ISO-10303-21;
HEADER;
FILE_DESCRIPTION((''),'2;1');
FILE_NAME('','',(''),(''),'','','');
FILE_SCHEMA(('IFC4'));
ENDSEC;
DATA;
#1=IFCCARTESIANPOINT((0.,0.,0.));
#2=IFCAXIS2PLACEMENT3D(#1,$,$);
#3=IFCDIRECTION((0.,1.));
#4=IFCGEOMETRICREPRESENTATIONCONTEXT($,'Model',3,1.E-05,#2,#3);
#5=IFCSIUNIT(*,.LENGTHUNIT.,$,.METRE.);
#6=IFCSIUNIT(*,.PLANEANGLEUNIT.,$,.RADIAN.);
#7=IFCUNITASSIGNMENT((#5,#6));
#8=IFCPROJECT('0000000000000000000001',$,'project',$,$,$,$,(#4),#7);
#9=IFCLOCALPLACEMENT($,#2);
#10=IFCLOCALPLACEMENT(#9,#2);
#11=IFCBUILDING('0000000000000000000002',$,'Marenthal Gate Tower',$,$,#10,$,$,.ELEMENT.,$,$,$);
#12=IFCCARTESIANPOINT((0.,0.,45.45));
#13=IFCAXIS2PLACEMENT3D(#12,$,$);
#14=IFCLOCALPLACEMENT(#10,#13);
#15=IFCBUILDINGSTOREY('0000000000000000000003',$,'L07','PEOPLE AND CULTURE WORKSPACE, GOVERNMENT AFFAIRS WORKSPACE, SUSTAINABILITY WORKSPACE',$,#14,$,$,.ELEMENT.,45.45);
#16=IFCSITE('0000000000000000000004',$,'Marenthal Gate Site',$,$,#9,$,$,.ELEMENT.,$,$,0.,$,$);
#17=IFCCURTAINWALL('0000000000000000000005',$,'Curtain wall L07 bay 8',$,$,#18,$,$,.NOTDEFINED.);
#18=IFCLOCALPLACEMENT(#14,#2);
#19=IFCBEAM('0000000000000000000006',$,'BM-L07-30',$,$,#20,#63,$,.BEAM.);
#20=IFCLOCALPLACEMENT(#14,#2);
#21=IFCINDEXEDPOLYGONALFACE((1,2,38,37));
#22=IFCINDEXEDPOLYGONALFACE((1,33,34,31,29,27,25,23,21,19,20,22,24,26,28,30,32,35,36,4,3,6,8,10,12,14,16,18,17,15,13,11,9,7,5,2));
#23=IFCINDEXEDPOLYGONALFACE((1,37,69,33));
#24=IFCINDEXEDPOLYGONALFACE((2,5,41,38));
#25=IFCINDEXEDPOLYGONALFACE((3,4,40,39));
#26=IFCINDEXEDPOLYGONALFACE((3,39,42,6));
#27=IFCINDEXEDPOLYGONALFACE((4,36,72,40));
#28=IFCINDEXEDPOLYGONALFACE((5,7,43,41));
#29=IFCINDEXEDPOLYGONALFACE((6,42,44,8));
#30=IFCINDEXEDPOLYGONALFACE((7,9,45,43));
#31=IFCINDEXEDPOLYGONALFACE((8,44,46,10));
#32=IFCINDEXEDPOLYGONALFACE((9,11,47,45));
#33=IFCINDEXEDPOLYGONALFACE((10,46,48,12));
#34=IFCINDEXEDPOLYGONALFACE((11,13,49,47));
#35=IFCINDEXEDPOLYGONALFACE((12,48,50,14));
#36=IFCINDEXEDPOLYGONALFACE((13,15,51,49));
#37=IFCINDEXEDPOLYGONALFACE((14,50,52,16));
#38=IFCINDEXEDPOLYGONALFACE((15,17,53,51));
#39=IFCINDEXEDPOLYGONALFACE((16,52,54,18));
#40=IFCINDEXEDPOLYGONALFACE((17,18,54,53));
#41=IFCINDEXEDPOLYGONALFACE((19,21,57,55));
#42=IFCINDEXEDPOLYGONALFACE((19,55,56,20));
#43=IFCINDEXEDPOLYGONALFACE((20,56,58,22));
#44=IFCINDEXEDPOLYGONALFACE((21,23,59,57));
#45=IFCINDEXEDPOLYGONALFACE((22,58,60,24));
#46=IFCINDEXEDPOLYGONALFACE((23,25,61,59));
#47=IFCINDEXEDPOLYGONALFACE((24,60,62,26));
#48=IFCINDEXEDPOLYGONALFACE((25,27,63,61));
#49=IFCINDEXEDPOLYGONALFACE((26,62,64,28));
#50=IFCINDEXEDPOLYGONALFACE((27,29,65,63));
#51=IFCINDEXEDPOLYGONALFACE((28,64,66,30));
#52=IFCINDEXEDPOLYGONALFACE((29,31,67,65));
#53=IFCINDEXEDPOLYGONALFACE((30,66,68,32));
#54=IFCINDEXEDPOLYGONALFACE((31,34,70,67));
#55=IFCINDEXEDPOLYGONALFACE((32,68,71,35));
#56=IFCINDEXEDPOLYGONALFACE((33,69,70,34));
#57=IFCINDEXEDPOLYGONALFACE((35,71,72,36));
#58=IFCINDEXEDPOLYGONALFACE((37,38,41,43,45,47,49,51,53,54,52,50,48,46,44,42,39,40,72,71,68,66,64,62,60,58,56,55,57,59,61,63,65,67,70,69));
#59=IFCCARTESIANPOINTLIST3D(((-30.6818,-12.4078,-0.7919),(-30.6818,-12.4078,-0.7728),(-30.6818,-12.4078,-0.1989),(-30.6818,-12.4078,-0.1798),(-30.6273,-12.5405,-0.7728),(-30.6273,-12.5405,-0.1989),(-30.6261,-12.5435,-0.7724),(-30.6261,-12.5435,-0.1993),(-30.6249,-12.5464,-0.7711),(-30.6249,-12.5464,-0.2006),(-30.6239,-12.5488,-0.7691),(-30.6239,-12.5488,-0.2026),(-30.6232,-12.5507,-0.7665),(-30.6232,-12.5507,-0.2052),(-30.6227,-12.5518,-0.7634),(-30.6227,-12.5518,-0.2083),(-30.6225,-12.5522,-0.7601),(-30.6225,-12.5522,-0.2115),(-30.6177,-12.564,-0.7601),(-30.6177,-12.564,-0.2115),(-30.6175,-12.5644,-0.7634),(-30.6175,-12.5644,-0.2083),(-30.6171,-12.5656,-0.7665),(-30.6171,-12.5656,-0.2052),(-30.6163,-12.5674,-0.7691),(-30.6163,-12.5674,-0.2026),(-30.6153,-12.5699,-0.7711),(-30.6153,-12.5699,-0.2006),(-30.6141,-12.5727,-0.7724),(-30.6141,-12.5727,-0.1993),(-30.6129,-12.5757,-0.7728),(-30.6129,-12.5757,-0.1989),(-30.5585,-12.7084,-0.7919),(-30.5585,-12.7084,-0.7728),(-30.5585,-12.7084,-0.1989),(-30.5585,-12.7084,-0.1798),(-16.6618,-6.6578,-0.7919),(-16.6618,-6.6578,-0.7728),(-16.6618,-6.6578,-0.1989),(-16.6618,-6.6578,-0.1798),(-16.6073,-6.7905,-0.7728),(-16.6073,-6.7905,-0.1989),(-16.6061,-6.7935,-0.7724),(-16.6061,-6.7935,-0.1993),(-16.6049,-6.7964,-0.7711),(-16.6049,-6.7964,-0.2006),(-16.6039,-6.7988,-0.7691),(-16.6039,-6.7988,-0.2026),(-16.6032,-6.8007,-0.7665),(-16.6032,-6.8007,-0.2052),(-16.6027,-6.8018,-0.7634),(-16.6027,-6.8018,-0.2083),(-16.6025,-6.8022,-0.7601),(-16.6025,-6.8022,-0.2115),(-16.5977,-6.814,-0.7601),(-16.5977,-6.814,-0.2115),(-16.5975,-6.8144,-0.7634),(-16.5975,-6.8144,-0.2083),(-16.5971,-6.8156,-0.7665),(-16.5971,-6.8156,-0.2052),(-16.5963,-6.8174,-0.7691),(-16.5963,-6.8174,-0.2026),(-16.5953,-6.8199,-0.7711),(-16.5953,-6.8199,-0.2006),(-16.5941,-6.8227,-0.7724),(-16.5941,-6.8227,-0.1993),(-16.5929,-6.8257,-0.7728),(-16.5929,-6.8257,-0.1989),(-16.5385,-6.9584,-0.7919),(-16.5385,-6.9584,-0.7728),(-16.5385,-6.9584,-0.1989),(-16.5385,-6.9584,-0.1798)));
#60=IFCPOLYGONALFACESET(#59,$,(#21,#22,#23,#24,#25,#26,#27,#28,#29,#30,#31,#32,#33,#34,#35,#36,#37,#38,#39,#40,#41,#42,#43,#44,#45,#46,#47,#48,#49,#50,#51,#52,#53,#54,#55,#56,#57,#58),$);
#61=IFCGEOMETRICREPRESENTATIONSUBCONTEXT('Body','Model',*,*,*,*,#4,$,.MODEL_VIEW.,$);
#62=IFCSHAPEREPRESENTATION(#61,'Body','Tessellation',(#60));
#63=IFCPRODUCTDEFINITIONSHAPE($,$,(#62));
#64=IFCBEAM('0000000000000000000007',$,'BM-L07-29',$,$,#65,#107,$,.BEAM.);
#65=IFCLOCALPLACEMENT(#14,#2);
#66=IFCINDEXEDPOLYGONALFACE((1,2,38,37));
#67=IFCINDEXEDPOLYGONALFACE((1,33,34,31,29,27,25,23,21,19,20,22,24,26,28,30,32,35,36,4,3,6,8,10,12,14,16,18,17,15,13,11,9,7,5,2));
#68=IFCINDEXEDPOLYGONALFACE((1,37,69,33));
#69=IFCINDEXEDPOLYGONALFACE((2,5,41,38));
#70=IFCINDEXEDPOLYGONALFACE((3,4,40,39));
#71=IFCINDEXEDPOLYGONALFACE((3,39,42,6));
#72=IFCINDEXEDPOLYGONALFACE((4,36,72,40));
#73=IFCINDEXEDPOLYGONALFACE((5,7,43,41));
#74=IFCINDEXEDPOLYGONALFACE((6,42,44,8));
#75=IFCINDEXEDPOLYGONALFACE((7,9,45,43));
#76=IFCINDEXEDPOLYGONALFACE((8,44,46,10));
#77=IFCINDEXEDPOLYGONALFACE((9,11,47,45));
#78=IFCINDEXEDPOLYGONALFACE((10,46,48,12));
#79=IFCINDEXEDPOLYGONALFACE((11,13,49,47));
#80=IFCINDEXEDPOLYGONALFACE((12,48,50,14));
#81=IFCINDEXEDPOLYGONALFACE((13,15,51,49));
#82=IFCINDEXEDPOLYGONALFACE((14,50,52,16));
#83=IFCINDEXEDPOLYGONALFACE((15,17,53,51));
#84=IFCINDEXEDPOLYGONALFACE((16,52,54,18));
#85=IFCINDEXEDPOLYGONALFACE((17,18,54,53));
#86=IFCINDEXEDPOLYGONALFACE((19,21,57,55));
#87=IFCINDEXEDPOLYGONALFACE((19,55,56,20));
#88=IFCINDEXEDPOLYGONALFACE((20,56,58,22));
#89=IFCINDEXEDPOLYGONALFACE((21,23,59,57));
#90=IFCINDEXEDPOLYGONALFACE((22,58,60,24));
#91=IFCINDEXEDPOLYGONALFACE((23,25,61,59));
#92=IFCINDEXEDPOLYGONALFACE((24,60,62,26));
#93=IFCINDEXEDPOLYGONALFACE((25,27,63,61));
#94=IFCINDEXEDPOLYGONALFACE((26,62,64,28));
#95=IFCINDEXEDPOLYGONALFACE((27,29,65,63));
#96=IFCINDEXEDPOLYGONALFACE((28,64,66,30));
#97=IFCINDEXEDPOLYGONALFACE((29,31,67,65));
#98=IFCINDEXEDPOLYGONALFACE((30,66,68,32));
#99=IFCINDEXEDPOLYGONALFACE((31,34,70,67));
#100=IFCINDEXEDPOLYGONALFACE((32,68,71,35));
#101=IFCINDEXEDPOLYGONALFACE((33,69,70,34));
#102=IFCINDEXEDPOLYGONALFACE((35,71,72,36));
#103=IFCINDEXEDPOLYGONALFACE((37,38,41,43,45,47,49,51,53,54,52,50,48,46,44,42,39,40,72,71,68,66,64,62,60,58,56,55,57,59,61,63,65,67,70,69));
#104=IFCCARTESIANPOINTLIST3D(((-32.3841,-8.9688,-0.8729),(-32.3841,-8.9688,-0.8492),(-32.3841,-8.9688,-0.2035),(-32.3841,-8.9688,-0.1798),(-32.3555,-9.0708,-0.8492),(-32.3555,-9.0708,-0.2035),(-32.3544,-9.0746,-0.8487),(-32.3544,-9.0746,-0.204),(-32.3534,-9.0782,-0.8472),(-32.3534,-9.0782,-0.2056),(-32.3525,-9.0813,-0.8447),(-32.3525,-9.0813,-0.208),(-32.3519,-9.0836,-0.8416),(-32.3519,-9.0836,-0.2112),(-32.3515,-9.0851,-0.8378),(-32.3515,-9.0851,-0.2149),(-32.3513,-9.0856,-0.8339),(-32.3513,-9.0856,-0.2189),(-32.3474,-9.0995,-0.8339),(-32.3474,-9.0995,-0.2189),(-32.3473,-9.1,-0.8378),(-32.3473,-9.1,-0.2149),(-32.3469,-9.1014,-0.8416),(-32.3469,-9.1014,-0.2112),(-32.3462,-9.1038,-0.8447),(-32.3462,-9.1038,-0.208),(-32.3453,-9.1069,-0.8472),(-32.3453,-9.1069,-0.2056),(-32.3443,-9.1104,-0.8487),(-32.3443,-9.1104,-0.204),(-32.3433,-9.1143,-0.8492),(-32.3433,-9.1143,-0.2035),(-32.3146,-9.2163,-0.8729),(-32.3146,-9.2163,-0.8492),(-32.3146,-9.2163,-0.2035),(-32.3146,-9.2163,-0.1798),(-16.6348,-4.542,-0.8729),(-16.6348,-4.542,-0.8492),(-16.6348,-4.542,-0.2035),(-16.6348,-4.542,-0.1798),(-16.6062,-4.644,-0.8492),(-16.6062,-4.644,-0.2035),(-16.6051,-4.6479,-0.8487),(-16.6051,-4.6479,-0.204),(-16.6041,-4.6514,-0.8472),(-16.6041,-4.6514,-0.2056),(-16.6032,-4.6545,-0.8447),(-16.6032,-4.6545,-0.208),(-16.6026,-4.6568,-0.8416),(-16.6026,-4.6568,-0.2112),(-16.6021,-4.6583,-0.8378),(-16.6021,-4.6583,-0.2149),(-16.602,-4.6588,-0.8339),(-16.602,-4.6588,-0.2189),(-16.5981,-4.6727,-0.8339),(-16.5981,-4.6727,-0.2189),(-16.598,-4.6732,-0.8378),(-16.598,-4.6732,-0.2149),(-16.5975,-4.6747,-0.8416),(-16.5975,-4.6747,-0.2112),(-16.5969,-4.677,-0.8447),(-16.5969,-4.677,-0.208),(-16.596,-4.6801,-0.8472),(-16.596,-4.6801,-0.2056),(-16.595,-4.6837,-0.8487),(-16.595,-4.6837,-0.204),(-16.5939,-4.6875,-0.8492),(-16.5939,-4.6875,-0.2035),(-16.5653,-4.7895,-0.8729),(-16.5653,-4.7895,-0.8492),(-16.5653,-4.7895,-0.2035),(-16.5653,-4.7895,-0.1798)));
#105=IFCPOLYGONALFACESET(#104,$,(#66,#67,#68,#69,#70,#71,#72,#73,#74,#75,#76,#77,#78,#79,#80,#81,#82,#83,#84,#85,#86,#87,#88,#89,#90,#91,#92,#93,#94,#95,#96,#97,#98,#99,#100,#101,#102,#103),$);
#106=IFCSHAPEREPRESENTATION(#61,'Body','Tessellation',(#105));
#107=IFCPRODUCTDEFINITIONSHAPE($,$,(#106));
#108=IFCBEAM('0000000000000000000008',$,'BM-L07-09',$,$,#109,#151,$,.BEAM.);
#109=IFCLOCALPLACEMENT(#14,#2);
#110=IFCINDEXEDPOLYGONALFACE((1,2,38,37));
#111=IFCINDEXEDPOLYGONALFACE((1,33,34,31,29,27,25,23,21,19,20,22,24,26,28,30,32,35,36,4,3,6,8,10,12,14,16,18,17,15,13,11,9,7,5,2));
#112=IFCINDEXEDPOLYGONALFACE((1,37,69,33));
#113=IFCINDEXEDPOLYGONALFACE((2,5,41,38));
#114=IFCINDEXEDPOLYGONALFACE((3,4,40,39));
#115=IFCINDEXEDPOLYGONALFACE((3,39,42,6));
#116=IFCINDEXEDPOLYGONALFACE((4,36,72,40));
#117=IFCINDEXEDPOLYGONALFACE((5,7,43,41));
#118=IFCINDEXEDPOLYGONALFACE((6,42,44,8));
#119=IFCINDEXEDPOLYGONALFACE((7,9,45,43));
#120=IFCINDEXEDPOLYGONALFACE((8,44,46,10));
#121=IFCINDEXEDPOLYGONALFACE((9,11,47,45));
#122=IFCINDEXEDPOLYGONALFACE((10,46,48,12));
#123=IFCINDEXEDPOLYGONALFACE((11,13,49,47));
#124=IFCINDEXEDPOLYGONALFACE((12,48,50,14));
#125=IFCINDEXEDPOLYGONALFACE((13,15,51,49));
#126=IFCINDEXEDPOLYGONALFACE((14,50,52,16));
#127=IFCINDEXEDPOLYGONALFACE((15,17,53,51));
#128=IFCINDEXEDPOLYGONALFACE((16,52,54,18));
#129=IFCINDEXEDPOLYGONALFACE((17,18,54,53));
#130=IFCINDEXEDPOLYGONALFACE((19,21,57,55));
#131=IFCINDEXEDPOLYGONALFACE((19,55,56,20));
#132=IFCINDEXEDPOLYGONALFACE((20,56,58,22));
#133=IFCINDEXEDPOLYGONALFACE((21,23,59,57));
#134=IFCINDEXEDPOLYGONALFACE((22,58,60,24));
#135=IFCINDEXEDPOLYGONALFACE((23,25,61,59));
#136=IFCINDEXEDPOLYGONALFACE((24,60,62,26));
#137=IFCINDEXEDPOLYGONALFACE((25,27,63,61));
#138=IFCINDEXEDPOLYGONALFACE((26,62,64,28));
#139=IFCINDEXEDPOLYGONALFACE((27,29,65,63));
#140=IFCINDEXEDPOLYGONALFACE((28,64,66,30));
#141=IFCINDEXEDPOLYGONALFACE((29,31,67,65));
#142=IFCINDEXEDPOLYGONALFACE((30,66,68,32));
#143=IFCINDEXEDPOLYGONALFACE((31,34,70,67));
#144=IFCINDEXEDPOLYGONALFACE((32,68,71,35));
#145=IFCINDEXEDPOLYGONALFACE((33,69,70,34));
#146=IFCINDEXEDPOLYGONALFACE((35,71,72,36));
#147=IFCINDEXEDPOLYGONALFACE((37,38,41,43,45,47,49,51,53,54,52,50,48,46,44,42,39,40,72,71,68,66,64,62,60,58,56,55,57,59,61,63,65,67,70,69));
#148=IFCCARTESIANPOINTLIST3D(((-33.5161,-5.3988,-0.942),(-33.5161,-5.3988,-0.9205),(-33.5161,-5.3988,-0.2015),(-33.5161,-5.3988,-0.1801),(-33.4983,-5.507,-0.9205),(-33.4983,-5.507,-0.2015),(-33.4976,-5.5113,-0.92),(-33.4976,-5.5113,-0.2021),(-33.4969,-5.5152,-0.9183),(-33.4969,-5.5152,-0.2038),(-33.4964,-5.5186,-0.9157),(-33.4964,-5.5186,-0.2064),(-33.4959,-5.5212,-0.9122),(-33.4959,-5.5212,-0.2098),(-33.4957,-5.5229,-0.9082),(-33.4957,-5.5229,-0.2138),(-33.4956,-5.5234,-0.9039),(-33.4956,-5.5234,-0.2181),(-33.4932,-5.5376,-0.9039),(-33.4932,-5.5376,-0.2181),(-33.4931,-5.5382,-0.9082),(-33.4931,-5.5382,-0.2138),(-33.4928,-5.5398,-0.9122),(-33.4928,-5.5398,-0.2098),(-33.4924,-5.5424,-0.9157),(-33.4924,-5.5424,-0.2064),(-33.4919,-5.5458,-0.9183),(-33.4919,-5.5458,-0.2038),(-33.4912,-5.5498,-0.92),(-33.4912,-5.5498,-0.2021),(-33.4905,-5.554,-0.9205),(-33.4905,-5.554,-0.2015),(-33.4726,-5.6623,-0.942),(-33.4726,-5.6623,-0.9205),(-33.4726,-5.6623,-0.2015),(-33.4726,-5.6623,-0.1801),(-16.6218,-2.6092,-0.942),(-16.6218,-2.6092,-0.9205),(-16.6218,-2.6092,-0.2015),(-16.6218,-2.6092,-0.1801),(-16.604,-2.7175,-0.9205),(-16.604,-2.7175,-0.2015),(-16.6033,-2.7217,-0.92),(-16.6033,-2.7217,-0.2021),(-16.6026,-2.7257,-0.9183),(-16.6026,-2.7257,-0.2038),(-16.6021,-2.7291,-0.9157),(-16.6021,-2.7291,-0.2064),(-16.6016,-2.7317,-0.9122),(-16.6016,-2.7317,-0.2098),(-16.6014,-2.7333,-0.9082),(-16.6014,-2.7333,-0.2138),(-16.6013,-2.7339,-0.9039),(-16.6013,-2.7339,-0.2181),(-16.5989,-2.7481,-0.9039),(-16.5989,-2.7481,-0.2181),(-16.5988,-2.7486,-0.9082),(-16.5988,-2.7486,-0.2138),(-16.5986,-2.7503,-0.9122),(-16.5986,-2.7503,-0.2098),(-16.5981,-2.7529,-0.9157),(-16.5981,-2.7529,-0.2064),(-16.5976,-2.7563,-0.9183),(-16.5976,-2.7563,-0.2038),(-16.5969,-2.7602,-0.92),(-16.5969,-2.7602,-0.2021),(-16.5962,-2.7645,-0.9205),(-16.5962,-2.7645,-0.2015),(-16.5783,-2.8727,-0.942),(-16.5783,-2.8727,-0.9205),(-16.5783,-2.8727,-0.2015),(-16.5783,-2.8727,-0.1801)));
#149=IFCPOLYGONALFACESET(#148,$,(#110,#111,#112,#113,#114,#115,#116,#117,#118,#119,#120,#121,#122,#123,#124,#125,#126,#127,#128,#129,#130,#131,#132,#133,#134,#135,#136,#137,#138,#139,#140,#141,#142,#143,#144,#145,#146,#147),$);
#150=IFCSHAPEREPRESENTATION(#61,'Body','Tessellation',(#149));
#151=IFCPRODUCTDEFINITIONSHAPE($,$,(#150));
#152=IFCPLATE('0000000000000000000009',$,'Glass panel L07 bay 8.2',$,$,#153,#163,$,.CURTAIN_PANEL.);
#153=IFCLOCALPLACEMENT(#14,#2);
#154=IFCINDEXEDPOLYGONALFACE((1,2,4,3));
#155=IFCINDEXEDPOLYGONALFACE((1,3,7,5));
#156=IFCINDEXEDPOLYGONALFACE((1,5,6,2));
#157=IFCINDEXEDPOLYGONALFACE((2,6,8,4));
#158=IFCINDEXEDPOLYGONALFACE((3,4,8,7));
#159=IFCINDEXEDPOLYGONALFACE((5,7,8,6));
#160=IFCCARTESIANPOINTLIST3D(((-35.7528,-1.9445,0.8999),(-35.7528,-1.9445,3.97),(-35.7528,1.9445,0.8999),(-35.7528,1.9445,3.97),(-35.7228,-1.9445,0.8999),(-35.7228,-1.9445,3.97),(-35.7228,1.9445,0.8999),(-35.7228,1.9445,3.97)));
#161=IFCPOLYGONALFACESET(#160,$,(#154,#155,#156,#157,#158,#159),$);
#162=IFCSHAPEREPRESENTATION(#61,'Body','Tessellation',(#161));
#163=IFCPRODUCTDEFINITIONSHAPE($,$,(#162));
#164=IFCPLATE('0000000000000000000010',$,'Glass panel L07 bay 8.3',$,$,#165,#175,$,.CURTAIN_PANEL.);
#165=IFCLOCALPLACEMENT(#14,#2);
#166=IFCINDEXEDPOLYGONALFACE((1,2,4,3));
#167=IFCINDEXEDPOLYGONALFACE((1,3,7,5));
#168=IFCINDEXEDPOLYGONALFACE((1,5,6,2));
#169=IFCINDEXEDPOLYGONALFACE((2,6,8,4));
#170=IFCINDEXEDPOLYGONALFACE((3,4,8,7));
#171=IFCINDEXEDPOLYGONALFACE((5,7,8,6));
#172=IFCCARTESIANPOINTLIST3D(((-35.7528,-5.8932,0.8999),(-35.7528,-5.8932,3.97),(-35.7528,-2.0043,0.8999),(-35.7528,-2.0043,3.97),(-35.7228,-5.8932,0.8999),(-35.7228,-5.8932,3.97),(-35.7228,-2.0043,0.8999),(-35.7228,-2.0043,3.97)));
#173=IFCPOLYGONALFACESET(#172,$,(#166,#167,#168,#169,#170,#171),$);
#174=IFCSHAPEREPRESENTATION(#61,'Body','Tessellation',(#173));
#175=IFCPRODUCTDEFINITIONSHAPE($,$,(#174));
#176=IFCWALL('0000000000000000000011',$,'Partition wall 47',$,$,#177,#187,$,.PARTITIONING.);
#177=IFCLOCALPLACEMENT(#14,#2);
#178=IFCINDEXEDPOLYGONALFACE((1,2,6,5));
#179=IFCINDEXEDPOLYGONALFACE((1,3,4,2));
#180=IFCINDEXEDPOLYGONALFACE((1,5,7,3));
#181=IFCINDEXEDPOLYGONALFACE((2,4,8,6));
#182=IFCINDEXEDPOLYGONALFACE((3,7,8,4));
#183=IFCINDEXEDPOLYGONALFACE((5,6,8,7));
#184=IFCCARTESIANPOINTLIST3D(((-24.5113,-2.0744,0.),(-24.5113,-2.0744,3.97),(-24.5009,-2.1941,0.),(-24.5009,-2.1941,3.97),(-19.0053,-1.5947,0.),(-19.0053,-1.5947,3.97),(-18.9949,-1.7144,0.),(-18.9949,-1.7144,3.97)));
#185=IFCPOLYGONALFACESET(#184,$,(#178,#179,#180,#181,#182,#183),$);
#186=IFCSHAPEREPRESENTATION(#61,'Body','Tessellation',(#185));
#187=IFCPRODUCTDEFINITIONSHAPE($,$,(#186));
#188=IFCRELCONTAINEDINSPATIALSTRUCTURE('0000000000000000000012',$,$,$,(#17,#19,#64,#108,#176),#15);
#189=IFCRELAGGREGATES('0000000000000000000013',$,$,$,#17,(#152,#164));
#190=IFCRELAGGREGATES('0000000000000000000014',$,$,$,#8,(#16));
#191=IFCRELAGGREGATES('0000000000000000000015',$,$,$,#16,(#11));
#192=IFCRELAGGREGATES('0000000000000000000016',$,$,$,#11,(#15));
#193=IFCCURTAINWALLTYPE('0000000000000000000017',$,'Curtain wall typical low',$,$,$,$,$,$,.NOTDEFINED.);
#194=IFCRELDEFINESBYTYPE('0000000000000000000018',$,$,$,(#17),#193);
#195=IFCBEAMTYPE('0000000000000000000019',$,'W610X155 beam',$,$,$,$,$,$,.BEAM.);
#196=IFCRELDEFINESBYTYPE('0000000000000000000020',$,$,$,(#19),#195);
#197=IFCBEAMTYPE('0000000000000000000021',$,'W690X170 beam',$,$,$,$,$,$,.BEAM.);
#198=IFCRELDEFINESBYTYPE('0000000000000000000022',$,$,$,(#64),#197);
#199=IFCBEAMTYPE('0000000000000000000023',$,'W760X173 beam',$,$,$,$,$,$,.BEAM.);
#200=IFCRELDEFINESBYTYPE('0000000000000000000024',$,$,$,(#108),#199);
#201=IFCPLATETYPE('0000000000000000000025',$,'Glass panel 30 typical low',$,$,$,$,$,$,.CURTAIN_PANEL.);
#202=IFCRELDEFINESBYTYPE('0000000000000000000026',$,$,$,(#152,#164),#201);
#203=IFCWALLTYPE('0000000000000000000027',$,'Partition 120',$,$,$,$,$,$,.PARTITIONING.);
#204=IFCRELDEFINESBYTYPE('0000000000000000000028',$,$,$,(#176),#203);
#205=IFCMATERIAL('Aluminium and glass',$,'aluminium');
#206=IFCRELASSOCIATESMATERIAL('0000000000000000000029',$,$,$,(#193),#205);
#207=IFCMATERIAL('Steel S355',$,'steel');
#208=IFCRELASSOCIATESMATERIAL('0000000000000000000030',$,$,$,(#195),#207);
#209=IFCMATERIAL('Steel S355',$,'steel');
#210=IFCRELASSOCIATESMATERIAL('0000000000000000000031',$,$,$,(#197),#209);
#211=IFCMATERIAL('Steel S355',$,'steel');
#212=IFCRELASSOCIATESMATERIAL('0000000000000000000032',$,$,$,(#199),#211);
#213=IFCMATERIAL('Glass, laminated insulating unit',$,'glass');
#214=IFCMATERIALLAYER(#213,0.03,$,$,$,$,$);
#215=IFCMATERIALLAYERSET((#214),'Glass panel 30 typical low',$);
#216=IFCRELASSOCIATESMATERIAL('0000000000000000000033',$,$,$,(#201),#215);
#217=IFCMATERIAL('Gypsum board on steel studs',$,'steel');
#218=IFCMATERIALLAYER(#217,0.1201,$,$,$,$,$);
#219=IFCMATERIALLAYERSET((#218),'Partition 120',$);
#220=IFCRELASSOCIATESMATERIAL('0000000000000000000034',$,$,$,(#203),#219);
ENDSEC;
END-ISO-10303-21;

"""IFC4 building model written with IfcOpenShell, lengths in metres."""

from ifc_helpers import new_model, si_unit, direction, frame, frame_2d, origin, origin_2d, place, context, subcontext, project, spatial, rectangle, i_section, extrude, material, layer, layer_set, material_profile, profile_set, type_object, element, aggregate, save


model = new_model("IFC4")

# Units and contexts
model_context = context("Model", 3, precision=1e-05, world=origin(), true_north=direction((0.0, 1.0)))
body_context = subcontext(model_context, "Body", "Model", "MODEL_VIEW")
ifc_project = project(units=[si_unit("LENGTHUNIT", "METRE"), si_unit("PLANEANGLEUNIT", "RADIAN")], contexts=[model_context])

# Site, building, storey
site_placement = place(None, origin())
site = spatial("IfcSite", under=ifc_project, at=site_placement, Name="Marenthal Gate Site", CompositionType="ELEMENT", RefElevation=0.0)
building_placement = place(site_placement, origin())
building = spatial("IfcBuilding", under=site, at=building_placement, Name="Marenthal Gate Tower", CompositionType="ELEMENT")
storey_placement = place(building_placement, frame((0.0, 0.0, 45.45)))
storey = spatial("IfcBuildingStorey", under=building, at=storey_placement, Name="L07", Description="PEOPLE AND CULTURE WORKSPACE, GOVERNMENT AFFAIRS WORKSPACE, SUSTAINABILITY WORKSPACE", CompositionType="ELEMENT", Elevation=45.45)

# Curtain wall
ifc_material_1 = material(Name="Aluminium and glass", Category="aluminium")
curtain_wall_type = type_object("IfcCurtainWallType", Name="Curtain wall typical low", PredefinedType="NOTDEFINED", material=ifc_material_1)
curtain_wall_placement = place(storey_placement, origin())
curtain_wall = element("IfcCurtainWall", 1, at=curtain_wall_placement, inside=storey, type_object=curtain_wall_type, Name="Curtain wall L07 bay 8", PredefinedType="NOTDEFINED")

# Beams
ifc_material_2 = material(Name="Steel S355", Category="steel")
ifc_material_profile_1 = material_profile(ifc_material_2, i_section(OverallWidth=0.325, OverallDepth=0.6121, WebThickness=0.0127, FlangeThickness=0.019, FilletRadius=0.0127, at=origin_2d()), Name="W610X155")
ifc_profile_set_1 = profile_set([ifc_material_profile_1], Name="Steel S355")
beam_type_1 = type_object("IfcBeamType", Name="W610X155 beam", PredefinedType="BEAM", material=ifc_profile_set_1)
beam_1_placement = place(storey_placement, frame((-30.6201, -12.5581, -0.4858), z_axis=(0.92521, 0.379455, 0.0), x_axis=(-0.379455, 0.92521, 0.0)))
element("IfcBeam", 2, at=beam_1_placement, inside=storey, type_object=beam_type_1, Name="BM-L07-30", PredefinedType="BEAM", context=body_context, shape_type="SweptSolid", body=[
    extrude(i_section(OverallWidth=0.325, OverallDepth=0.6121, WebThickness=0.0127, FlangeThickness=0.019, FilletRadius=0.0127, at=origin_2d()), origin(), (0.0, 0.0, 1.0), 15.1533),
])
ifc_material_3 = material(Name="Steel S355", Category="steel")
ifc_material_profile_2 = material_profile(ifc_material_3, i_section(OverallWidth=0.2571, OverallDepth=0.6931, WebThickness=0.0144, FlangeThickness=0.0237, FilletRadius=0.0154, at=origin_2d()), Name="W690X170")
ifc_profile_set_2 = profile_set([ifc_material_profile_2], Name="Steel S355")
beam_type_2 = type_object("IfcBeamType", Name="W690X170 beam", PredefinedType="BEAM", material=ifc_profile_set_2)
beam_2_placement = place(storey_placement, frame((-32.3494, -9.0925, -0.5264), z_axis=(0.962694, 0.270591, 0.0), x_axis=(-0.270591, 0.962694, 0.0)))
element("IfcBeam", 3, at=beam_2_placement, inside=storey, type_object=beam_type_2, Name="BM-L07-29", PredefinedType="BEAM", context=body_context, shape_type="SweptSolid", body=[
    extrude(i_section(OverallWidth=0.2571, OverallDepth=0.6931, WebThickness=0.0144, FlangeThickness=0.0237, FilletRadius=0.0154, at=origin_2d()), origin(), (0.0, 0.0, 1.0), 16.3596),
])
ifc_material_4 = material(Name="Steel S355", Category="steel")
ifc_material_profile_3 = material_profile(ifc_material_4, i_section(OverallWidth=0.2671, OverallDepth=0.762, WebThickness=0.0144, FlangeThickness=0.0215, FilletRadius=0.0166, at=origin_2d()), Name="W760X173")
ifc_profile_set_3 = profile_set([ifc_material_profile_3], Name="Steel S355")
beam_type_3 = type_object("IfcBeamType", Name="W760X173 beam", PredefinedType="BEAM", material=ifc_profile_set_3)
beam_3_placement = place(storey_placement, frame((-33.4944, -5.5305, -0.561), z_axis=(0.986641, 0.162912, 0.0), x_axis=(-0.162912, 0.986641, 0.0)))
element("IfcBeam", 4, at=beam_3_placement, inside=storey, type_object=beam_type_3, Name="BM-L07-09", PredefinedType="BEAM", context=body_context, shape_type="SweptSolid", body=[
    extrude(i_section(OverallWidth=0.2671, OverallDepth=0.762, WebThickness=0.0144, FlangeThickness=0.0215, FilletRadius=0.0166, at=origin_2d()), origin(), (0.0, 0.0, 1.0), 17.123),
])

# Plates
ifc_material_5 = material(Name="Glass, laminated insulating unit", Category="glass")
ifc_layer_1 = layer(ifc_material_5, 0.03)
ifc_layer_set_1 = layer_set([ifc_layer_1], Name="Glass panel 30 typical low")
plate_type = type_object("IfcPlateType", Name="Glass panel 30 typical low", PredefinedType="CURTAIN_PANEL", material=ifc_layer_set_1)
plate_1_placement = place(storey_placement, frame((-35.7378, 0.0, 0.8999), z_axis=(0.0, 0.0, 1.0), x_axis=(0.0, -1.0, 0.0)))
plate_1 = element("IfcPlate", 5, at=plate_1_placement, type_object=plate_type, Name="Glass panel L07 bay 8.2", PredefinedType="CURTAIN_PANEL", context=body_context, shape_type="SweptSolid", body=[
    extrude(rectangle(XDim=3.8889, YDim=0.03, at=origin_2d()), origin(), (0.0, 0.0, 1.0), 3.0701),
])
plate_2_placement = place(storey_placement, frame((-35.7378, -3.9487, 0.8999), z_axis=(0.0, 0.0, 1.0), x_axis=(0.0, -1.0, 0.0)))
plate_2 = element("IfcPlate", 6, at=plate_2_placement, type_object=plate_type, Name="Glass panel L07 bay 8.3", PredefinedType="CURTAIN_PANEL", context=body_context, shape_type="SweptSolid", body=[
    extrude(rectangle(XDim=3.8889, YDim=0.03, at=origin_2d()), origin(), (0.0, 0.0, 1.0), 3.0701),
])
aggregate(curtain_wall, [plate_1, plate_2])

# Wall
ifc_material_6 = material(Name="Gypsum board on steel studs", Category="steel")
ifc_layer_2 = layer(ifc_material_6, 0.1201)
ifc_layer_set_2 = layer_set([ifc_layer_2], Name="Partition 120")
wall_type_1 = type_object("IfcWallType", Name="Partition 120", PredefinedType="PARTITIONING", material=ifc_layer_set_2)
wall_1_placement = place(storey_placement, frame((-24.5061, -2.1343, 0.0), z_axis=(0.0, 0.0, 1.0), x_axis=(0.996226, 0.086799, 0.0)))
element("IfcWall", 7, at=wall_1_placement, inside=storey, type_object=wall_type_1, Name="Partition wall 47", PredefinedType="PARTITIONING", context=body_context, shape_type="SweptSolid", body=[
    extrude(rectangle(XDim=5.5269, YDim=0.1201, at=frame_2d((2.7634, 0.0))), origin(), (0.0, 0.0, 1.0), 3.97),
])

save(model, "model.ifc")
